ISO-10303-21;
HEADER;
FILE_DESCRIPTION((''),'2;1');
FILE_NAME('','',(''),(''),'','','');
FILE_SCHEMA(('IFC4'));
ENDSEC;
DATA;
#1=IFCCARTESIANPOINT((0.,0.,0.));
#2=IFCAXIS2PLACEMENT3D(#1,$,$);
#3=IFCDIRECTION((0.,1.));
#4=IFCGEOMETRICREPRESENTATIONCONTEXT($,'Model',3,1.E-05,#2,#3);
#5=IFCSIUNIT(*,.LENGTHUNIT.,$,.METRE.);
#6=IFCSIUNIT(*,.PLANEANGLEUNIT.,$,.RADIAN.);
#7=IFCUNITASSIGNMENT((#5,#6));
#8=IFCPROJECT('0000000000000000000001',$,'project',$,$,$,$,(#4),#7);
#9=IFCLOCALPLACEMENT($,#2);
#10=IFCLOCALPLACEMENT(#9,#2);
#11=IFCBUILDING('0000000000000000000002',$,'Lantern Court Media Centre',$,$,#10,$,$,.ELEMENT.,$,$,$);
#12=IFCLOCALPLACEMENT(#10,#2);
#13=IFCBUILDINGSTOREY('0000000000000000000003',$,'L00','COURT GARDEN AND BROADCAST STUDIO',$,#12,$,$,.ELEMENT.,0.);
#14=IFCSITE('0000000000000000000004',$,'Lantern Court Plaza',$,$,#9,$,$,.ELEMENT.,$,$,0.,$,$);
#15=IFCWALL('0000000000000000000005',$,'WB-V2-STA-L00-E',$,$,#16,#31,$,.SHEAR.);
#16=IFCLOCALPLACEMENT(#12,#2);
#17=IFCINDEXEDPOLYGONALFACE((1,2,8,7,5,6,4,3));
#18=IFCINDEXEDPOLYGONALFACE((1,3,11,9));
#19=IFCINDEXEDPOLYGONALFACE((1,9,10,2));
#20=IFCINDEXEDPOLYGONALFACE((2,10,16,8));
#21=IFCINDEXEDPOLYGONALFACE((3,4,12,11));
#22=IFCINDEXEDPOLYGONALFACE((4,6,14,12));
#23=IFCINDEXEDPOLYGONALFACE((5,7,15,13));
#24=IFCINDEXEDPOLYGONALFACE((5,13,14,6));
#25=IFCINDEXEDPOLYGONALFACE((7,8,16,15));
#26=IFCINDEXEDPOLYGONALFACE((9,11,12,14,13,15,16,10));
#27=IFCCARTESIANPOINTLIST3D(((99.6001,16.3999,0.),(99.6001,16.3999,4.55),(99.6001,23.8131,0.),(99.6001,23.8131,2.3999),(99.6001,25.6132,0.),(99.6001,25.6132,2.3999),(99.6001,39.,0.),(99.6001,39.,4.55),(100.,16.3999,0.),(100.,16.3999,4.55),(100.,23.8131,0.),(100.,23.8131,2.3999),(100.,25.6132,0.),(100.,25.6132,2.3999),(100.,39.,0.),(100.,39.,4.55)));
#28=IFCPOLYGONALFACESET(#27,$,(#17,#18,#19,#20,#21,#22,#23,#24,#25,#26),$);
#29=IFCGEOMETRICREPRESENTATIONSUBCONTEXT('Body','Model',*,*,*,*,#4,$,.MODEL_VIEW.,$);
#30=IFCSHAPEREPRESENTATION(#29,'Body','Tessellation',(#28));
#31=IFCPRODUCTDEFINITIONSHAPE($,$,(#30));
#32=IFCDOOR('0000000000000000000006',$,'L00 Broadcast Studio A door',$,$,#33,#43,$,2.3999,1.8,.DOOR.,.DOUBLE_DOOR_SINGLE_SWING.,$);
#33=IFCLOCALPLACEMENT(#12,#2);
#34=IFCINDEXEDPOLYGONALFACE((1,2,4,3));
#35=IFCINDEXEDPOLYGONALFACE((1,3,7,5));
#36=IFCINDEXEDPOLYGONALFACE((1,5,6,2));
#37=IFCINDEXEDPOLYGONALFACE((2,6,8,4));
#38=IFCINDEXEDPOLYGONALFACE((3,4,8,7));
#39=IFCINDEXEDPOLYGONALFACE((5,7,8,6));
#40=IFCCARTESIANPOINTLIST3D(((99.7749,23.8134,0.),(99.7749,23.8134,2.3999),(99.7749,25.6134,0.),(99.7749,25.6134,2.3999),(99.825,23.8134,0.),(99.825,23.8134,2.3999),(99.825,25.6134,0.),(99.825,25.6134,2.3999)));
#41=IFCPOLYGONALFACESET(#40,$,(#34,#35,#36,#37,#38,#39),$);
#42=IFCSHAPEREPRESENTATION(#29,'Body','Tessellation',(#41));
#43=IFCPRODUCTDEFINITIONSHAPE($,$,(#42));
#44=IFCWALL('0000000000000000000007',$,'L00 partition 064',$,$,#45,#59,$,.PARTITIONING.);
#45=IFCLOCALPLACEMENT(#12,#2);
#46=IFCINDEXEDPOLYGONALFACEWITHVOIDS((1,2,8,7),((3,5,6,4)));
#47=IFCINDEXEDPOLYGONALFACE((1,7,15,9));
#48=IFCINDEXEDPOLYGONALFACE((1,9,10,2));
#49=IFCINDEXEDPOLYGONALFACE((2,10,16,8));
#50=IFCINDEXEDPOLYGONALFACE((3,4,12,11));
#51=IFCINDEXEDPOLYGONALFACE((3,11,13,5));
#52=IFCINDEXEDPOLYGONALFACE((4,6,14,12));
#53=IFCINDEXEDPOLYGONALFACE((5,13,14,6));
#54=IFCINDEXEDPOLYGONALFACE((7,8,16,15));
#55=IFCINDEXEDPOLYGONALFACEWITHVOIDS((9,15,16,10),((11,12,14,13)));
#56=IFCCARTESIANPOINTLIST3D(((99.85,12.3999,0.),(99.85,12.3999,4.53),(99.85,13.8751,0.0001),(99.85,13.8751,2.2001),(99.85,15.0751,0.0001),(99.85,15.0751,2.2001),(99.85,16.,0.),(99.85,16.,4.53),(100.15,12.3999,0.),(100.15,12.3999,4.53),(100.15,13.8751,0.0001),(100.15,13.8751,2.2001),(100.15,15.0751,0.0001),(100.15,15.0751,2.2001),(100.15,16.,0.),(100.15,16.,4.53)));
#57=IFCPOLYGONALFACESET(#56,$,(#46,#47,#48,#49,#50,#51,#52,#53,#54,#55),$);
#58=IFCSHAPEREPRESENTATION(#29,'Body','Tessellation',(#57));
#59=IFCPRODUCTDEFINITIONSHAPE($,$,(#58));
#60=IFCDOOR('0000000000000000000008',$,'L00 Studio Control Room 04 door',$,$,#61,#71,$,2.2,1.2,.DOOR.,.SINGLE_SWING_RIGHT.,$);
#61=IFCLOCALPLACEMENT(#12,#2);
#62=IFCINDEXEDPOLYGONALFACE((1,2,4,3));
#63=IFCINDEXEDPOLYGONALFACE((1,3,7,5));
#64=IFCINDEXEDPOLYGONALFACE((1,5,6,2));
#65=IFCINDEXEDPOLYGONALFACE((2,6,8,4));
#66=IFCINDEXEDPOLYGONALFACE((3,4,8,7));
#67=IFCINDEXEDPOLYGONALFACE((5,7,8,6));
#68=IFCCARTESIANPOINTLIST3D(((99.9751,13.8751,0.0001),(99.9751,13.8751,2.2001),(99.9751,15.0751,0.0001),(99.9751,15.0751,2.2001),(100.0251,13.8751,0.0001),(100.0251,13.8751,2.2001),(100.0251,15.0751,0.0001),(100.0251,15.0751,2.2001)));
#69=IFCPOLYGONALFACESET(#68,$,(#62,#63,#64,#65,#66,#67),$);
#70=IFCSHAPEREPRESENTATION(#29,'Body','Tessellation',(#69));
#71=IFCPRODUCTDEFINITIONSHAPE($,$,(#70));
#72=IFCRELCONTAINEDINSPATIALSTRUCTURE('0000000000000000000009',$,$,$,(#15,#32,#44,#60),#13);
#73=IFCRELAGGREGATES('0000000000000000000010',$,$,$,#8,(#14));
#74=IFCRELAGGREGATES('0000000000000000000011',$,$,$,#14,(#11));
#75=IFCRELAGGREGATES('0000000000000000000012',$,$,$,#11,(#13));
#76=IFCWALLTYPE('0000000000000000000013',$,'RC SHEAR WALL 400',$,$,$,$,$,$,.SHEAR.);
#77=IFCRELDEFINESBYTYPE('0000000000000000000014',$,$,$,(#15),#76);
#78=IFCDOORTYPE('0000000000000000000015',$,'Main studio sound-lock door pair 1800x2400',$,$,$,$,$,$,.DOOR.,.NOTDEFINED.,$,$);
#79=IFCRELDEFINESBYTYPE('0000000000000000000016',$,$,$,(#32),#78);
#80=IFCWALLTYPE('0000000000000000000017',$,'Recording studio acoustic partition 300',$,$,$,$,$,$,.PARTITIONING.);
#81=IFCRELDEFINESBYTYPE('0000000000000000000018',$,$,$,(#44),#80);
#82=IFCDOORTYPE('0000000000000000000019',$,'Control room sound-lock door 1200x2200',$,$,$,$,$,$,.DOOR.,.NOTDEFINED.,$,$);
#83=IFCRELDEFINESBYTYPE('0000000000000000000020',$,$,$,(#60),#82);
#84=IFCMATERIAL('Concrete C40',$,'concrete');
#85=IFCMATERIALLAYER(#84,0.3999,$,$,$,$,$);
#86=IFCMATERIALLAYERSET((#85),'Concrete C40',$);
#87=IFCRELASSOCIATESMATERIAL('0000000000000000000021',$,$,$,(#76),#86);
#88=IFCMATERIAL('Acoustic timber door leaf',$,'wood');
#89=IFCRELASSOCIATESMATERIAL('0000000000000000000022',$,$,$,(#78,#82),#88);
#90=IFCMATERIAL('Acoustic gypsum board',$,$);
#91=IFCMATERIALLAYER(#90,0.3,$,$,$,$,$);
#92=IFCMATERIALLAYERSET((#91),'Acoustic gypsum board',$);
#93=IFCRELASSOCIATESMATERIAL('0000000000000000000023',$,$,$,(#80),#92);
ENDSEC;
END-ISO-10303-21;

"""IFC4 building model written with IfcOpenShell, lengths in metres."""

from ifc_helpers import new_model, si_unit, direction, frame, frame_2d, origin, place, context, subcontext, project, spatial, rectangle, extrude, material, layer, layer_set, type_object, element, fill, save


model = new_model("IFC4")

# Units and contexts
model_context = context("Model", 3, precision=1e-05, world=origin(), true_north=direction((0.0, 1.0)))
body_context = subcontext(model_context, "Body", "Model", "MODEL_VIEW")
ifc_project = project(units=[si_unit("LENGTHUNIT", "METRE"), si_unit("PLANEANGLEUNIT", "RADIAN")], contexts=[model_context])

# Site, building, storey
site_placement = place(None, origin())
site = spatial("IfcSite", under=ifc_project, at=site_placement, Name="Lantern Court Plaza", CompositionType="ELEMENT", RefElevation=0.0)
building_placement = place(site_placement, origin())
building = spatial("IfcBuilding", under=site, at=building_placement, Name="Lantern Court Media Centre", CompositionType="ELEMENT")
storey_placement = place(building_placement, origin())
storey = spatial("IfcBuildingStorey", under=building, at=storey_placement, Name="L00", Description="COURT GARDEN AND BROADCAST STUDIO", CompositionType="ELEMENT", Elevation=0.0)

# Walls, openings, doors
ifc_material_1 = material(Name="Concrete C40", Category="concrete")
ifc_layer_1 = layer(ifc_material_1, 0.3999)
ifc_layer_set_1 = layer_set([ifc_layer_1], Name="Concrete C40")
wall_type_1 = type_object("IfcWallType", Name="RC SHEAR WALL 400", PredefinedType="SHEAR", material=ifc_layer_set_1)
wall_1_placement = place(storey_placement, frame((99.8, 16.3999, 0.0), z_axis=(0.0, 0.0, 1.0), x_axis=(0.0, 1.0, 0.0)))
wall_1 = element("IfcWall", 1, at=wall_1_placement, inside=storey, type_object=wall_type_1, Name="WB-V2-STA-L00-E", PredefinedType="SHEAR", context=body_context, shape_type="SweptSolid", body=[
    extrude(rectangle(XDim=22.6001, YDim=0.3999, at=frame_2d((11.3, 0.0))), origin(), (0.0, 0.0, 1.0), 4.55),
])
opening_1_placement = place(wall_1_placement, frame((7.4133, 0.0, 0.0)))
opening_1 = element("IfcOpeningElement", 2, at=opening_1_placement, cuts=wall_1, PredefinedType="OPENING", context=body_context, shape_type="SweptSolid", body=[
    extrude(rectangle(XDim=1.8, YDim=2.3999, at=frame_2d((0.8999, 1.2))), frame((0.0, 0.21, 0.0), z_axis=(0.0, -1.0, 0.0), x_axis=(1.0, 0.0, 0.0)), (0.0, 0.0, 1.0), 0.4199),
])
ifc_material_2 = material(Name="Acoustic timber door leaf", Category="wood")
door_type_1 = type_object("IfcDoorType", Name="Main studio sound-lock door pair 1800x2400", OperationType="NOTDEFINED", PredefinedType="DOOR", material=ifc_material_2)
door_1_placement = place(opening_1_placement, frame((1.8, 0.0, 0.0), z_axis=(0.0, 0.0, 1.0), x_axis=(-1.0, 0.0, 0.0)))
door_1 = element("IfcDoor", 3, at=door_1_placement, inside=storey, type_object=door_type_1, Name="L00 Broadcast Studio A door", OperationType="DOUBLE_DOOR_SINGLE_SWING", OverallHeight=2.3999, OverallWidth=1.8, PredefinedType="DOOR", context=body_context, shape_type="SweptSolid", body=[
    extrude(rectangle(XDim=1.8, YDim=2.3999, at=frame_2d((0.8999, 1.2))), frame((0.0, 0.0249, 0.0), z_axis=(0.0, -1.0, 0.0), x_axis=(1.0, 0.0, 0.0)), (0.0, 0.0, 1.0), 0.05),
])
fill(opening_1, door_1)
ifc_material_3 = material(Name="Acoustic gypsum board")
ifc_layer_2 = layer(ifc_material_3, 0.3)
ifc_layer_set_2 = layer_set([ifc_layer_2], Name="Acoustic gypsum board")
wall_type_2 = type_object("IfcWallType", Name="Recording studio acoustic partition 300", PredefinedType="PARTITIONING", material=ifc_layer_set_2)
wall_2_placement = place(storey_placement, frame((100.0, 12.3999, 0.0), z_axis=(0.0, 0.0, 1.0), x_axis=(0.0, 1.0, 0.0)))
wall_2 = element("IfcWall", 4, at=wall_2_placement, inside=storey, type_object=wall_type_2, Name="L00 partition 064", PredefinedType="PARTITIONING", context=body_context, shape_type="SweptSolid", body=[
    extrude(rectangle(XDim=3.6001, YDim=0.3, at=frame_2d((1.8, 0.0))), origin(), (0.0, 0.0, 1.0), 4.53),
])
opening_2_placement = place(wall_2_placement, frame((1.4751, 0.0, 0.0)))
opening_2 = element("IfcOpeningElement", 5, at=opening_2_placement, cuts=wall_2, PredefinedType="OPENING", context=body_context, shape_type="SweptSolid", body=[
    extrude(rectangle(XDim=1.2, YDim=2.2, at=frame_2d((0.6001, 1.1001))), frame((0.0, 0.1599, 0.0), z_axis=(0.0, -1.0, 0.0), x_axis=(1.0, 0.0, 0.0)), (0.0, 0.0, 1.0), 0.3201),
])
door_type_2 = type_object("IfcDoorType", Name="Control room sound-lock door 1200x2200", OperationType="NOTDEFINED", PredefinedType="DOOR", material=ifc_material_2)
door_2_placement = place(opening_2_placement, origin())
door_2 = element("IfcDoor", 6, at=door_2_placement, inside=storey, type_object=door_type_2, Name="L00 Studio Control Room 04 door", OperationType="SINGLE_SWING_RIGHT", OverallHeight=2.2, OverallWidth=1.2, PredefinedType="DOOR", context=body_context, shape_type="SweptSolid", body=[
    extrude(rectangle(XDim=1.2, YDim=2.2, at=frame_2d((0.6001, 1.1001))), frame((0.0, 0.0249, 0.0), z_axis=(0.0, -1.0, 0.0), x_axis=(1.0, 0.0, 0.0)), (0.0, 0.0, 1.0), 0.05),
])
fill(opening_2, door_2)

save(model, "model.ifc")
